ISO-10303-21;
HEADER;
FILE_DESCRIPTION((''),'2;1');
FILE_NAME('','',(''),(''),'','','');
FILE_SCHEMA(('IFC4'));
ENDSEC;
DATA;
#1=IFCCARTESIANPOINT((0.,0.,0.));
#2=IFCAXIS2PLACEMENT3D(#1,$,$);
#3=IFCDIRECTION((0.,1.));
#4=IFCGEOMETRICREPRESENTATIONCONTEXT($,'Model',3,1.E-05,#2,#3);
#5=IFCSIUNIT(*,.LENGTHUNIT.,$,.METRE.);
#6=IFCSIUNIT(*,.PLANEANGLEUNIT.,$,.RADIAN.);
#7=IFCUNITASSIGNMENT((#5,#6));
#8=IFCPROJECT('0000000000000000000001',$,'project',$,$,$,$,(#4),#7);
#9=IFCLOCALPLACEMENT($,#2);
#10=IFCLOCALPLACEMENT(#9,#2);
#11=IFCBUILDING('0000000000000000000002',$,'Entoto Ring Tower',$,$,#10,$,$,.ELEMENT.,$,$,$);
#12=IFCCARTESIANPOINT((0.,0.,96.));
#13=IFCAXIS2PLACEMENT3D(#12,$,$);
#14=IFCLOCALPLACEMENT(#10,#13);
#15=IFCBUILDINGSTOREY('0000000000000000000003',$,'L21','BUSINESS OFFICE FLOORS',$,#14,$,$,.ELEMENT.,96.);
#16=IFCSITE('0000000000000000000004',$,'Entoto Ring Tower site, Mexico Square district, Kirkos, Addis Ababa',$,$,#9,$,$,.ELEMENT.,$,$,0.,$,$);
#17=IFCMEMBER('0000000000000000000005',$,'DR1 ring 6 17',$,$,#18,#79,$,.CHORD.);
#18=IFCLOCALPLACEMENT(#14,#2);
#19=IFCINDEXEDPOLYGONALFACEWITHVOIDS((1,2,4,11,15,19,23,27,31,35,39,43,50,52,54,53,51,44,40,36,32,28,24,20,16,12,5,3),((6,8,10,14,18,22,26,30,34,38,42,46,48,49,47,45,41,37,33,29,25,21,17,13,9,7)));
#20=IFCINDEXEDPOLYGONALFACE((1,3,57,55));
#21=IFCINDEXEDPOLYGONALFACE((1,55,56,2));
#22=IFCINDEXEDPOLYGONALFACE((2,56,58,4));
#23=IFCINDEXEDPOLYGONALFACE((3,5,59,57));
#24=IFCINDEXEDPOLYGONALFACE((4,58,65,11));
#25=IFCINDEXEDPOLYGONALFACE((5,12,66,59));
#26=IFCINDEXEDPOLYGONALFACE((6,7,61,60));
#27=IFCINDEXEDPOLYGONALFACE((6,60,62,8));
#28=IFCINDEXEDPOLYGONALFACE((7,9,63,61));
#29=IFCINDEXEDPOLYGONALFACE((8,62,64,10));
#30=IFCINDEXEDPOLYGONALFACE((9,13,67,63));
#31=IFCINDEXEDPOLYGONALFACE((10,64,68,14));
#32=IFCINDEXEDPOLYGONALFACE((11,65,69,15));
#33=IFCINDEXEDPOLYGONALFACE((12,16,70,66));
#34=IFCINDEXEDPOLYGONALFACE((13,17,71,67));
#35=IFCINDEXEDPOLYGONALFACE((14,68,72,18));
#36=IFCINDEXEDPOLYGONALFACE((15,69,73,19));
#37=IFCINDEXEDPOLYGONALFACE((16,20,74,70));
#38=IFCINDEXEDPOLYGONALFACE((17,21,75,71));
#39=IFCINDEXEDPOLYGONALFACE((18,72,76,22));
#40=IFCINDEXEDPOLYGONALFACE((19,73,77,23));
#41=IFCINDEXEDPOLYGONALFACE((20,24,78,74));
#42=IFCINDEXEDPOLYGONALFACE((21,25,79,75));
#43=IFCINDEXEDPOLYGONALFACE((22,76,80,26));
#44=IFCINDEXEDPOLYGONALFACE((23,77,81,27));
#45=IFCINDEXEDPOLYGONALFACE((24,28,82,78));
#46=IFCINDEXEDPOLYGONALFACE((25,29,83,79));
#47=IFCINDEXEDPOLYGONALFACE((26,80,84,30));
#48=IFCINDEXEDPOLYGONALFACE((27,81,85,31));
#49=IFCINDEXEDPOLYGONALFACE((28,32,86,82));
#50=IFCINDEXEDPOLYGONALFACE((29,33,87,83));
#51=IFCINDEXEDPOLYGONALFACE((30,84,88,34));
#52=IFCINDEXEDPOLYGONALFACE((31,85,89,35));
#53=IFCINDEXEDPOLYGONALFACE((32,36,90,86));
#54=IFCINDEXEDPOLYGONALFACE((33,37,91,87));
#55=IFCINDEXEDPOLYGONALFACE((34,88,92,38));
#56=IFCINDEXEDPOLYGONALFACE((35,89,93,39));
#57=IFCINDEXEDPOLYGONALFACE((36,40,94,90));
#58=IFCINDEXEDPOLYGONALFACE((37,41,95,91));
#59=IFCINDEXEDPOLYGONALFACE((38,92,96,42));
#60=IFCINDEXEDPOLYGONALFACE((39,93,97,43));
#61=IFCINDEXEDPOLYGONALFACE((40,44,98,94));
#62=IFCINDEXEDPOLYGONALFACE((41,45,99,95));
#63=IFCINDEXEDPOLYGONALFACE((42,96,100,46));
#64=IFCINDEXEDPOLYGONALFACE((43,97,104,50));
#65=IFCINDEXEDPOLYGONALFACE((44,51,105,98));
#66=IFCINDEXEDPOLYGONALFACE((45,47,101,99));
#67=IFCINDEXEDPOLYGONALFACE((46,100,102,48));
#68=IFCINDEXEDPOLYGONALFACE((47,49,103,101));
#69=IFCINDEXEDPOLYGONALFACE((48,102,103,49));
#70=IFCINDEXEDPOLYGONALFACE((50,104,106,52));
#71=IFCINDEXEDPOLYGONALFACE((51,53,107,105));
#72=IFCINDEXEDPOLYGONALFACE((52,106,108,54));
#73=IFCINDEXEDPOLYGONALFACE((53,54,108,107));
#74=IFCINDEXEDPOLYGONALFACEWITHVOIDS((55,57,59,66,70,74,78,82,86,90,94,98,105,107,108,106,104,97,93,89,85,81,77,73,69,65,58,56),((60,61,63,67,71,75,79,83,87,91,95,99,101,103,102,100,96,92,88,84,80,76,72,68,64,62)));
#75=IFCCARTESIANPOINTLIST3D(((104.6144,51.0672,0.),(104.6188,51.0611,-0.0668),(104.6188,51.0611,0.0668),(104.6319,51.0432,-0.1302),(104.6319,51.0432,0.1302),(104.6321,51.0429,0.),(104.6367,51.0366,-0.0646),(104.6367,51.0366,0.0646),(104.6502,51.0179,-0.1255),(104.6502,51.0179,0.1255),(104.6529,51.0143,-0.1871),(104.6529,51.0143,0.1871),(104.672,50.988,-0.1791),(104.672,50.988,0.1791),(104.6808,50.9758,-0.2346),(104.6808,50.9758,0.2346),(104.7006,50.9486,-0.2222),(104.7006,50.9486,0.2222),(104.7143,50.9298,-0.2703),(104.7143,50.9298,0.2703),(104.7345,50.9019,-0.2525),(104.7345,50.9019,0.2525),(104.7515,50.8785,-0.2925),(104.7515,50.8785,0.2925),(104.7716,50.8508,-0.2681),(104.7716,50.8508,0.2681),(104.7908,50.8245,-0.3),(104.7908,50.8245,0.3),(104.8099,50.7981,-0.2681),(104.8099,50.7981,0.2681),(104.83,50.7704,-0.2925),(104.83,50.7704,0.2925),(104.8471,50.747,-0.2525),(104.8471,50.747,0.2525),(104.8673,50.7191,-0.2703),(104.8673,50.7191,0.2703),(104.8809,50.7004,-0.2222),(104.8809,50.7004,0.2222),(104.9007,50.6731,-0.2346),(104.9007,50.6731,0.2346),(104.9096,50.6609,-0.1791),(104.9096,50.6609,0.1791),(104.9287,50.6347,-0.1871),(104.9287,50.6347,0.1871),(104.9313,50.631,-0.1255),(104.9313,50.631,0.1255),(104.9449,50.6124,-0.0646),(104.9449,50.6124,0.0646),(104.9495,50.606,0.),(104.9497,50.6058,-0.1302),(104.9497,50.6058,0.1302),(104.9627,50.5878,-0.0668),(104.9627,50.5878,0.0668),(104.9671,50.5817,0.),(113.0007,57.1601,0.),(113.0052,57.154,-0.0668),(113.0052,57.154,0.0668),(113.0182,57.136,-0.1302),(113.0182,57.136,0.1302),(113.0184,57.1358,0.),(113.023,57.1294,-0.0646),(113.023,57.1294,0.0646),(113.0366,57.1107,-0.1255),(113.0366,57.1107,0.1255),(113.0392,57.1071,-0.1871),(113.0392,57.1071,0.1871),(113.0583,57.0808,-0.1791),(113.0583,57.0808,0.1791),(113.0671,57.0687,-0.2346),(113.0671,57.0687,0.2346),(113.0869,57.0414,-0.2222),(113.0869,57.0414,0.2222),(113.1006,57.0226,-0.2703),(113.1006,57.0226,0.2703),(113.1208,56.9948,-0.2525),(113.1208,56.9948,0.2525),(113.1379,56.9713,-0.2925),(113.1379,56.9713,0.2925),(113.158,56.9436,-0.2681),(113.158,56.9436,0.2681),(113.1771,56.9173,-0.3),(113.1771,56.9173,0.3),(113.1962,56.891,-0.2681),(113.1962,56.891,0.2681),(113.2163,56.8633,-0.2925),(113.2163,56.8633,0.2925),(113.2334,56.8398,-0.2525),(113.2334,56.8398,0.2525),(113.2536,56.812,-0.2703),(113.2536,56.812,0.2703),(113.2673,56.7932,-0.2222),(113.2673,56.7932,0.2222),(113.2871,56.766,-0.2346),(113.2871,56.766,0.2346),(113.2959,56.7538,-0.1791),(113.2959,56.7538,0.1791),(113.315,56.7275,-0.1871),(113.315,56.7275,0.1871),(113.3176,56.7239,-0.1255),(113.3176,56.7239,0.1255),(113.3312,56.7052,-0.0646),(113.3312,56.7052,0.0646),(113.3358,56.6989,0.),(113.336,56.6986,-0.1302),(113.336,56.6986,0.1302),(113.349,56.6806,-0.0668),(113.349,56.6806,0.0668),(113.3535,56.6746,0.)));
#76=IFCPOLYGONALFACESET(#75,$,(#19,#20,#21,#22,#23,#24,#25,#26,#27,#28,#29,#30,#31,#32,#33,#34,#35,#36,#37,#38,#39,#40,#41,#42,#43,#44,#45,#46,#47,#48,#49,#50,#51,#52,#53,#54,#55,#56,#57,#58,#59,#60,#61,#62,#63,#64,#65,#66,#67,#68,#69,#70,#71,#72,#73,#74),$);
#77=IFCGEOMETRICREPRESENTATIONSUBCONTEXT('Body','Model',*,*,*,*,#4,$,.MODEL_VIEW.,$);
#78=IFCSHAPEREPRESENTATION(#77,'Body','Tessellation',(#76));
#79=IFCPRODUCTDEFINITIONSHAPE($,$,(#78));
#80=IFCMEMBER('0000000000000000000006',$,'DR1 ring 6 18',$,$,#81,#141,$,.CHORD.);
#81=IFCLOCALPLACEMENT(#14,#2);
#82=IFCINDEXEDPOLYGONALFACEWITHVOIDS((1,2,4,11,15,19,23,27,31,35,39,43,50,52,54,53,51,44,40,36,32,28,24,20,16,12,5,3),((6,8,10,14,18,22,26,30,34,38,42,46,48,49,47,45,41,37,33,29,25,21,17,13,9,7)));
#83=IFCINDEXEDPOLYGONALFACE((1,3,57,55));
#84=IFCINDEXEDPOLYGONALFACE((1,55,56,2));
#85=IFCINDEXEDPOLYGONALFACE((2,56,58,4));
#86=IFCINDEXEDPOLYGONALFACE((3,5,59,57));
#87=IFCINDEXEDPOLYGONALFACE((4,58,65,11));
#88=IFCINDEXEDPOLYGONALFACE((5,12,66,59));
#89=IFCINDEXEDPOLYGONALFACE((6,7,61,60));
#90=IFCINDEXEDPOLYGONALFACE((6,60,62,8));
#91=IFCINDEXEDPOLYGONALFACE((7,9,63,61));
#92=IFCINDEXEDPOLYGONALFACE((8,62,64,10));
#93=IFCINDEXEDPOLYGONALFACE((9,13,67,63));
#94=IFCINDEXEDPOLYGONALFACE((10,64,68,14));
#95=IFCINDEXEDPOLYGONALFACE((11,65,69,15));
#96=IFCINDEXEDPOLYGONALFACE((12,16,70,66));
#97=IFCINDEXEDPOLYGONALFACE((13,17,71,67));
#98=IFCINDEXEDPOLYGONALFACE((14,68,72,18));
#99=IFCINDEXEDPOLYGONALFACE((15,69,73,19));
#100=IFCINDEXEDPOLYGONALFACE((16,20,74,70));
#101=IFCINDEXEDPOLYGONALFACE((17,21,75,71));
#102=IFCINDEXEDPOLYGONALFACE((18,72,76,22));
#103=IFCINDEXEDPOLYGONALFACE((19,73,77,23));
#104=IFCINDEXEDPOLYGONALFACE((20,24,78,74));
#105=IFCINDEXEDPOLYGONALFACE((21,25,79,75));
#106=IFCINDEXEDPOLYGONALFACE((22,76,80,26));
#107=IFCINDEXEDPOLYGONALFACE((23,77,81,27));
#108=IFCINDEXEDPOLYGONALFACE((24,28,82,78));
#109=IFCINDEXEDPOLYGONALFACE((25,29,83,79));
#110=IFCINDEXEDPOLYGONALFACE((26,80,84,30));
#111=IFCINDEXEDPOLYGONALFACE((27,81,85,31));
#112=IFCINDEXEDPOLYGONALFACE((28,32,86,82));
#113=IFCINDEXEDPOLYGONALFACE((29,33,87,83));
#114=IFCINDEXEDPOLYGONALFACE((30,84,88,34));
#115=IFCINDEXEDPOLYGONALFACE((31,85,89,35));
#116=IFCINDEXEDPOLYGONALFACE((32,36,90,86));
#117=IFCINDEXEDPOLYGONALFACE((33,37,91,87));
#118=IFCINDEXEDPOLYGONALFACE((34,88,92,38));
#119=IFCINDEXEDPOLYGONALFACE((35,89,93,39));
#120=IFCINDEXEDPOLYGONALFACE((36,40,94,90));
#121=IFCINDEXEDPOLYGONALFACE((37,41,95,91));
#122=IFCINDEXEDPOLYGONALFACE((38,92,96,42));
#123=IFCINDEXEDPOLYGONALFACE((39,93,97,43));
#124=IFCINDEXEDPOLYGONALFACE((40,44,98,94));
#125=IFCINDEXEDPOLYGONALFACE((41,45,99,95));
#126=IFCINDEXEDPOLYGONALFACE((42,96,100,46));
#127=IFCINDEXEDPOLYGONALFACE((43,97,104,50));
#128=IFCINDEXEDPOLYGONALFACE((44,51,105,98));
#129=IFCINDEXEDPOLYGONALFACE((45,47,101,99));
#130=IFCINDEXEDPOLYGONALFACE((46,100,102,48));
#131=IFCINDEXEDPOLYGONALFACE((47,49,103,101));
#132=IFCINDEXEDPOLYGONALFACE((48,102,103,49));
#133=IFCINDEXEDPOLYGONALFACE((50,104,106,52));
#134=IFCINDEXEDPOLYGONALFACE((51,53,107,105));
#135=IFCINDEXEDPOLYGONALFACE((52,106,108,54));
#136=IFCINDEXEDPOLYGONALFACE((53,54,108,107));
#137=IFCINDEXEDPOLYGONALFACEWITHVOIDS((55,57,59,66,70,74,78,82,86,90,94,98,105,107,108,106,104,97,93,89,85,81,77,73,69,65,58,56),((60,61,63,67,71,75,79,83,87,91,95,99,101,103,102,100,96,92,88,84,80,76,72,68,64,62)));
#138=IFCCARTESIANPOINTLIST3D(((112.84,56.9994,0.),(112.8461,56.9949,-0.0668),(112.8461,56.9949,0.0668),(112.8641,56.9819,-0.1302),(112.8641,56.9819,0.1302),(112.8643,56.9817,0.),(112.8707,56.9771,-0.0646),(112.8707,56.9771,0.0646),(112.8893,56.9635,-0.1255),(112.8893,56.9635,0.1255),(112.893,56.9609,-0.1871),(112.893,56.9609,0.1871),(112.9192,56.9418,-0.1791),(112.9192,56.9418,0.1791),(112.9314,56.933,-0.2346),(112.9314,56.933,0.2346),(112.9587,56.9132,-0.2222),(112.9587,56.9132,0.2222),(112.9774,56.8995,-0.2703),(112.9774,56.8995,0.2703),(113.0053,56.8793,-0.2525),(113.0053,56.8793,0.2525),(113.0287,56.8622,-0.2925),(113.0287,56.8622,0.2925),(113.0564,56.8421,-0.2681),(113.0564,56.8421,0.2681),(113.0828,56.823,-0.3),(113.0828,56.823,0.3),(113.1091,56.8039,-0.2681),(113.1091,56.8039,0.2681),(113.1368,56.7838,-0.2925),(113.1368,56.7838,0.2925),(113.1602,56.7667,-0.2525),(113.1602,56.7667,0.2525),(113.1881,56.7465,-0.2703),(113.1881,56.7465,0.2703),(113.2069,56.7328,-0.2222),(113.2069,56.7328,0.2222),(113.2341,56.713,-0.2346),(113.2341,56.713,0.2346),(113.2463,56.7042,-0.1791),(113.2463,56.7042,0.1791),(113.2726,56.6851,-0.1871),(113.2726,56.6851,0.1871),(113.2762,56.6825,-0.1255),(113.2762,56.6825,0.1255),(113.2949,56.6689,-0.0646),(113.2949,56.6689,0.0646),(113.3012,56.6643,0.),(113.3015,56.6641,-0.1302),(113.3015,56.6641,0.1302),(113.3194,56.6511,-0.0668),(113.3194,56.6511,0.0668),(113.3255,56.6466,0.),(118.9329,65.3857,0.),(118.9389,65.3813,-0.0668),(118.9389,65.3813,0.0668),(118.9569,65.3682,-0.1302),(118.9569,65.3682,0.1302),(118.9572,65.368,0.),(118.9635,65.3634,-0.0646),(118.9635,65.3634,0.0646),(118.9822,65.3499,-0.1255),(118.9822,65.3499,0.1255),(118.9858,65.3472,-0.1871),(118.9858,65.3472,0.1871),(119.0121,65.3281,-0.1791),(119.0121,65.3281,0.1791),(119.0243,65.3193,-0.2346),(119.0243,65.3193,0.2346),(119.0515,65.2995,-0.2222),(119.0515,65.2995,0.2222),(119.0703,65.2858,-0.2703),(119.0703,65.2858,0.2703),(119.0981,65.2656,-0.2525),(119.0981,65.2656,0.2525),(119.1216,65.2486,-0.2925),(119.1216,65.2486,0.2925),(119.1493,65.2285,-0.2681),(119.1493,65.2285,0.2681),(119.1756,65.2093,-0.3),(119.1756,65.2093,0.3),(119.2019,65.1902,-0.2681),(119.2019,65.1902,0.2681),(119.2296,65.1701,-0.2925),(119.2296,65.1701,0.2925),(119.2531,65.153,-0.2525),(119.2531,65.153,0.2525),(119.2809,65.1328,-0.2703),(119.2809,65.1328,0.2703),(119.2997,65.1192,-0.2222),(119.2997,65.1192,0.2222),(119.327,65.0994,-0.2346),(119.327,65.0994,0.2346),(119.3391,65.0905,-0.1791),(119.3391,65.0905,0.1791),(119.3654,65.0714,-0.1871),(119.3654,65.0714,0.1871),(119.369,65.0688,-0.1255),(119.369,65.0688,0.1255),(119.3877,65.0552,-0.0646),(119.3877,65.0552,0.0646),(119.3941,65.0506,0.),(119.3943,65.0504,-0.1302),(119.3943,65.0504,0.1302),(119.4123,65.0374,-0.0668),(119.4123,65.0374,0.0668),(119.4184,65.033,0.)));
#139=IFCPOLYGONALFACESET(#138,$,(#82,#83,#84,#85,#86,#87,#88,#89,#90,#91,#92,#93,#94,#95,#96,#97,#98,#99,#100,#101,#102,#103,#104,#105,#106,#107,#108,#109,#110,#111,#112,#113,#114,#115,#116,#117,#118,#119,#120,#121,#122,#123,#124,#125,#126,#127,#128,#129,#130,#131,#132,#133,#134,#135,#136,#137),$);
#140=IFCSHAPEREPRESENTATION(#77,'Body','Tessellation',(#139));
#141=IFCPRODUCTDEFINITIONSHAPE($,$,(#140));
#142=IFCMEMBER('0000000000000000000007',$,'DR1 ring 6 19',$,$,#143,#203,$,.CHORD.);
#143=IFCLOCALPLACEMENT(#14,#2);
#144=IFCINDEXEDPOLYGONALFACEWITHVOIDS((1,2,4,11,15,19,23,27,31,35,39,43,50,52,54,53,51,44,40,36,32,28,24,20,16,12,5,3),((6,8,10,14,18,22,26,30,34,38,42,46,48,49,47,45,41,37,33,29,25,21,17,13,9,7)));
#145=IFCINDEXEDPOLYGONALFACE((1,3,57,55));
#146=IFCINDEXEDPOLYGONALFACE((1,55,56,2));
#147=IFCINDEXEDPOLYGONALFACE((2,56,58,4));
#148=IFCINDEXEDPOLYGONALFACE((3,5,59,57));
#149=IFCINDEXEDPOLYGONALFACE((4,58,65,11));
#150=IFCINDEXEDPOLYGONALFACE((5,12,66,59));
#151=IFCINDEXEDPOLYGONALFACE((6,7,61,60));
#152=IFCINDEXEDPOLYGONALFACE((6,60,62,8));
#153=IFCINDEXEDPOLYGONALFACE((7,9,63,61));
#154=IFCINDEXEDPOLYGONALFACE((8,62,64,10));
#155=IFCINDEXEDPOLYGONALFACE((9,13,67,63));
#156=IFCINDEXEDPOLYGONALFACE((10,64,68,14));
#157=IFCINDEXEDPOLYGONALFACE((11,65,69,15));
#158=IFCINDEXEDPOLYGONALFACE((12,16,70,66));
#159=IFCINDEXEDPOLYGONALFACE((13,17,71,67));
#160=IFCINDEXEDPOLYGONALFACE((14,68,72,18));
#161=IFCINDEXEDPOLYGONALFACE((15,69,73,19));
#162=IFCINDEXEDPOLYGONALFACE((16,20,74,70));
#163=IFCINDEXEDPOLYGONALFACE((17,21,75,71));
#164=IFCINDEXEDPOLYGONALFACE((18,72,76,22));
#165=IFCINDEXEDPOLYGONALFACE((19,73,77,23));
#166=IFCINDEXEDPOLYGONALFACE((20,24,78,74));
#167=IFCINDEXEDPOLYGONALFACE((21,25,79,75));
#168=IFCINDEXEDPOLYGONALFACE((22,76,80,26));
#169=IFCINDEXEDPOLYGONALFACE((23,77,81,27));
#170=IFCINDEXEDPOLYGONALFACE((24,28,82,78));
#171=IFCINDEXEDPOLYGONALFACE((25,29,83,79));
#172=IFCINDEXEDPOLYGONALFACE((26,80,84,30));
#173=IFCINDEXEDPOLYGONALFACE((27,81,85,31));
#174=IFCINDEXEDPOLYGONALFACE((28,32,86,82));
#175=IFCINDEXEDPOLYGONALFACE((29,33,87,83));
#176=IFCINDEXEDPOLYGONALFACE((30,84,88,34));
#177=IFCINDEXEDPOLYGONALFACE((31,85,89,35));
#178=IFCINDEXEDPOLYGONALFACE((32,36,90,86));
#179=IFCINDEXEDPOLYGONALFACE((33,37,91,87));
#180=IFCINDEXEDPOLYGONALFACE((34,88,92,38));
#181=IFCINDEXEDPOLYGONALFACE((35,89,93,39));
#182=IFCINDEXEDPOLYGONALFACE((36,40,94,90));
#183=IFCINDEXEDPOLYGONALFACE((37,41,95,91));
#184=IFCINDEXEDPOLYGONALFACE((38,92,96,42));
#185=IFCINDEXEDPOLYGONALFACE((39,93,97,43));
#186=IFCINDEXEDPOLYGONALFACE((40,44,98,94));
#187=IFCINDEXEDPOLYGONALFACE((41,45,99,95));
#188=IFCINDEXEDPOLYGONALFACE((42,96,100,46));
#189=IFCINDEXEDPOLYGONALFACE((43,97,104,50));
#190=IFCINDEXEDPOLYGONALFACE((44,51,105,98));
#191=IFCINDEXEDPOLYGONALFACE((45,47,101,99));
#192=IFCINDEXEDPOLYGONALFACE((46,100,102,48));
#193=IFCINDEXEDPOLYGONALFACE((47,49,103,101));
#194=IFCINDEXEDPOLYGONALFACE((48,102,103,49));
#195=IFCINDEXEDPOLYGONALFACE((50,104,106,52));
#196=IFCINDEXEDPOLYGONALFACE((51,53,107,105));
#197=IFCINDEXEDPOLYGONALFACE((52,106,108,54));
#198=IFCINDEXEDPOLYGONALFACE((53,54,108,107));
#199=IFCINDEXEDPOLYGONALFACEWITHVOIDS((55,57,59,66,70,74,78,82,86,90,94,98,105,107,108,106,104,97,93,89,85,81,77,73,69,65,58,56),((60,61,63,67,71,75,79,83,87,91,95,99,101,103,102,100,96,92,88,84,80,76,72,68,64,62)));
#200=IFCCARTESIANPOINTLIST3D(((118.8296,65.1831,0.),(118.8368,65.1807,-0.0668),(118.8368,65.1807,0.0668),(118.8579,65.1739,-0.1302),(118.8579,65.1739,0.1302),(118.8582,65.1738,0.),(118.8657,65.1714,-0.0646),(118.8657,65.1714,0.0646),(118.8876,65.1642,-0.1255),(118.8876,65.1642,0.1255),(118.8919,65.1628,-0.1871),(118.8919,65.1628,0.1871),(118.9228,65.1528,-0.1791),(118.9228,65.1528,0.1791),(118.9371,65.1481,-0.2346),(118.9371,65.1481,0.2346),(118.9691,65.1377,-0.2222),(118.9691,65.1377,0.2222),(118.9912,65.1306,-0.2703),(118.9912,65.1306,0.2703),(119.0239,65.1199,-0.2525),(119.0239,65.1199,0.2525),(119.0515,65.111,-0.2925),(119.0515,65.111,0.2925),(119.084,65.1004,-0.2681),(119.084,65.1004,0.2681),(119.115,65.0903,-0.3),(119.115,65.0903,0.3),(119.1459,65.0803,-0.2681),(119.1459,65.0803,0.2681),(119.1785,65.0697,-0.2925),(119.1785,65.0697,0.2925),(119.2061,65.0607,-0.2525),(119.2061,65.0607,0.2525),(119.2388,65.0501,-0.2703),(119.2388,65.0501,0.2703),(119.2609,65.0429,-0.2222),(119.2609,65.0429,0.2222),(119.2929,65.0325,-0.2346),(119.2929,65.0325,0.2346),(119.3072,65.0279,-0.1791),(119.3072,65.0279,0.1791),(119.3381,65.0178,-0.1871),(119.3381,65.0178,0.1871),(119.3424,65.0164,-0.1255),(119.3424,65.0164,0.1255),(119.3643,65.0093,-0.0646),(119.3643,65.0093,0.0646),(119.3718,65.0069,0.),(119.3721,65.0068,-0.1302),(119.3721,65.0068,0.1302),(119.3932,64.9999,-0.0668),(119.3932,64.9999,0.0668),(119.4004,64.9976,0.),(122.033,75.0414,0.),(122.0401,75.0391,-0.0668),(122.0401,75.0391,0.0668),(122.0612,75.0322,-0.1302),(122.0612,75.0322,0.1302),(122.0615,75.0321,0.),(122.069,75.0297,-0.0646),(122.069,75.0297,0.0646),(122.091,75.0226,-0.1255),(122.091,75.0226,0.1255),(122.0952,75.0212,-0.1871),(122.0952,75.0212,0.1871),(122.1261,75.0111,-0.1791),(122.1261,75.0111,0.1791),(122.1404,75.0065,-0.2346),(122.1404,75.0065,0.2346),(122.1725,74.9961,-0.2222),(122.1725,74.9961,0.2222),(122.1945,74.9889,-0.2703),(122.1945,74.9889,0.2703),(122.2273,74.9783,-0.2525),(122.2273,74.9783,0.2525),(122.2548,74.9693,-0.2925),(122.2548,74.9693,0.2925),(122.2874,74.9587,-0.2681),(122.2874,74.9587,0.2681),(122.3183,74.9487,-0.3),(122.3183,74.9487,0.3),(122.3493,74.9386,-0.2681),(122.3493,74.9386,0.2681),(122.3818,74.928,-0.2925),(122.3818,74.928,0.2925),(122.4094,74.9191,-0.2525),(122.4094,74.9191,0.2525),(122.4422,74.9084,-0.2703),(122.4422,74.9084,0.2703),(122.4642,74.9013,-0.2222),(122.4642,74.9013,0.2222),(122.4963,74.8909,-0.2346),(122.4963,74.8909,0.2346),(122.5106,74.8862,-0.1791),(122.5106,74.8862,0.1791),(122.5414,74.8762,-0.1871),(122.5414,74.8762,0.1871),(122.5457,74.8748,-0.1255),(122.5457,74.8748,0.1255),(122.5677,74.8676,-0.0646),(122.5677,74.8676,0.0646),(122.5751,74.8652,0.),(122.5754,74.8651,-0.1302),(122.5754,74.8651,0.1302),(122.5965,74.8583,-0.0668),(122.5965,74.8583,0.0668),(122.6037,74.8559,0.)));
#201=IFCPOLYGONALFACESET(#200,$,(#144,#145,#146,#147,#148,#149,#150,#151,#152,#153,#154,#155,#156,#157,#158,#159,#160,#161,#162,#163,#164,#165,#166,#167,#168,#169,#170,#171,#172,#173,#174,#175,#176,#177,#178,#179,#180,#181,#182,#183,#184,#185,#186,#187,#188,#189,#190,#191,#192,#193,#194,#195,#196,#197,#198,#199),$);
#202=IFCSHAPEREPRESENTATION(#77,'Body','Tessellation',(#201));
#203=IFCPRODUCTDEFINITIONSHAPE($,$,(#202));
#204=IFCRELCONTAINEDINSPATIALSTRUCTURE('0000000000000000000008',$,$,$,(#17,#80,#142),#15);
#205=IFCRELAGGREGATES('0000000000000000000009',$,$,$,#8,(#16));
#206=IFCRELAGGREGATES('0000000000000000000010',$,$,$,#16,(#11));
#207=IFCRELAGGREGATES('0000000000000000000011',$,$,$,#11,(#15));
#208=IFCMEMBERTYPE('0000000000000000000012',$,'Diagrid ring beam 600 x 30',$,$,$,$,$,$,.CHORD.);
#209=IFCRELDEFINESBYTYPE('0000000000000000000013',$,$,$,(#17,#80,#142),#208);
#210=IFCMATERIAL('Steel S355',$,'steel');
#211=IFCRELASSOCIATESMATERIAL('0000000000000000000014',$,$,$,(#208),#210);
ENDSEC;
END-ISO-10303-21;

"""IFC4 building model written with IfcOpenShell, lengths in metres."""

from ifc_helpers import new_model, si_unit, direction, frame, origin, origin_2d, place, context, subcontext, project, spatial, circle, hollow_circle, extrude, material, material_profile, profile_set, type_object, element, save


model = new_model("IFC4")

# Units and contexts
model_context = context("Model", 3, precision=1e-05, world=origin(), true_north=direction((0.0, 1.0)))
body_context = subcontext(model_context, "Body", "Model", "MODEL_VIEW")
ifc_project = project(units=[si_unit("LENGTHUNIT", "METRE"), si_unit("PLANEANGLEUNIT", "RADIAN")], contexts=[model_context])

# Site, building, storey
site_placement = place(None, origin())
site = spatial("IfcSite", under=ifc_project, at=site_placement, Name="Entoto Ring Tower site, Mexico Square district, Kirkos, Addis Ababa", CompositionType="ELEMENT", RefElevation=0.0)
building_placement = place(site_placement, origin())
building = spatial("IfcBuilding", under=site, at=building_placement, Name="Entoto Ring Tower", CompositionType="ELEMENT")
storey_placement = place(building_placement, frame((0.0, 0.0, 96.0)))
storey = spatial("IfcBuildingStorey", under=building, at=storey_placement, Name="L21", Description="BUSINESS OFFICE FLOORS", CompositionType="ELEMENT", Elevation=96.0)

# Members
ifc_material_1 = material(Name="Steel S355", Category="steel")
ifc_material_profile_1 = material_profile(ifc_material_1, hollow_circle(Radius=0.3, WallThickness=0.03, at=origin_2d()), Name="CHS 600 x 30")
ifc_material_2 = material(Name="Concrete C60/75", Category="concrete")
ifc_material_profile_2 = material_profile(ifc_material_2, circle(Radius=0.27, at=origin_2d()), Name="Concrete C60/75 infill")
ifc_profile_set_1 = profile_set([ifc_material_profile_1, ifc_material_profile_2], Name="Steel S355")
member_type_1 = type_object("IfcMemberType", Name="Diagrid ring beam 600 x 30", PredefinedType="CHORD", material=ifc_profile_set_1)
for number, where, z_axis, x_axis, name in (
    (1, (104.7908, 50.8245, 0.0), (0.809025, 0.587774, 0.0), (-0.587774, 0.809025, 0.0), "DR1 ring 6 17"),
    (2, (113.0828, 56.823, 0.0), (0.587774, 0.809025, 0.0), (-0.809025, 0.587774, 0.0), "DR1 ring 6 18"),
):
    element("IfcMember", number, at=place(storey_placement, frame(where, z_axis=z_axis, x_axis=x_axis)), inside=storey, type_object=member_type_1, Name=name, PredefinedType="CHORD", context=body_context, shape_type="SweptSolid", body=[
        extrude(hollow_circle(Radius=0.3, WallThickness=0.03, at=origin_2d()), origin(), (0.0, 0.0, 1.0), 10.366),
    ])
member_placement = place(storey_placement, frame((119.115, 65.0903, 0.0), z_axis=(0.309033, 0.951051, 0.0), x_axis=(-0.951051, 0.309033, 0.0)))
element("IfcMember", 3, at=member_placement, inside=storey, type_object=member_type_1, Name="DR1 ring 6 19", PredefinedType="CHORD", context=body_context, shape_type="SweptSolid", body=[
    extrude(hollow_circle(Radius=0.3, WallThickness=0.03, at=origin_2d()), origin(), (0.0, 0.0, 1.0), 10.3657),
])

save(model, "model.ifc")
